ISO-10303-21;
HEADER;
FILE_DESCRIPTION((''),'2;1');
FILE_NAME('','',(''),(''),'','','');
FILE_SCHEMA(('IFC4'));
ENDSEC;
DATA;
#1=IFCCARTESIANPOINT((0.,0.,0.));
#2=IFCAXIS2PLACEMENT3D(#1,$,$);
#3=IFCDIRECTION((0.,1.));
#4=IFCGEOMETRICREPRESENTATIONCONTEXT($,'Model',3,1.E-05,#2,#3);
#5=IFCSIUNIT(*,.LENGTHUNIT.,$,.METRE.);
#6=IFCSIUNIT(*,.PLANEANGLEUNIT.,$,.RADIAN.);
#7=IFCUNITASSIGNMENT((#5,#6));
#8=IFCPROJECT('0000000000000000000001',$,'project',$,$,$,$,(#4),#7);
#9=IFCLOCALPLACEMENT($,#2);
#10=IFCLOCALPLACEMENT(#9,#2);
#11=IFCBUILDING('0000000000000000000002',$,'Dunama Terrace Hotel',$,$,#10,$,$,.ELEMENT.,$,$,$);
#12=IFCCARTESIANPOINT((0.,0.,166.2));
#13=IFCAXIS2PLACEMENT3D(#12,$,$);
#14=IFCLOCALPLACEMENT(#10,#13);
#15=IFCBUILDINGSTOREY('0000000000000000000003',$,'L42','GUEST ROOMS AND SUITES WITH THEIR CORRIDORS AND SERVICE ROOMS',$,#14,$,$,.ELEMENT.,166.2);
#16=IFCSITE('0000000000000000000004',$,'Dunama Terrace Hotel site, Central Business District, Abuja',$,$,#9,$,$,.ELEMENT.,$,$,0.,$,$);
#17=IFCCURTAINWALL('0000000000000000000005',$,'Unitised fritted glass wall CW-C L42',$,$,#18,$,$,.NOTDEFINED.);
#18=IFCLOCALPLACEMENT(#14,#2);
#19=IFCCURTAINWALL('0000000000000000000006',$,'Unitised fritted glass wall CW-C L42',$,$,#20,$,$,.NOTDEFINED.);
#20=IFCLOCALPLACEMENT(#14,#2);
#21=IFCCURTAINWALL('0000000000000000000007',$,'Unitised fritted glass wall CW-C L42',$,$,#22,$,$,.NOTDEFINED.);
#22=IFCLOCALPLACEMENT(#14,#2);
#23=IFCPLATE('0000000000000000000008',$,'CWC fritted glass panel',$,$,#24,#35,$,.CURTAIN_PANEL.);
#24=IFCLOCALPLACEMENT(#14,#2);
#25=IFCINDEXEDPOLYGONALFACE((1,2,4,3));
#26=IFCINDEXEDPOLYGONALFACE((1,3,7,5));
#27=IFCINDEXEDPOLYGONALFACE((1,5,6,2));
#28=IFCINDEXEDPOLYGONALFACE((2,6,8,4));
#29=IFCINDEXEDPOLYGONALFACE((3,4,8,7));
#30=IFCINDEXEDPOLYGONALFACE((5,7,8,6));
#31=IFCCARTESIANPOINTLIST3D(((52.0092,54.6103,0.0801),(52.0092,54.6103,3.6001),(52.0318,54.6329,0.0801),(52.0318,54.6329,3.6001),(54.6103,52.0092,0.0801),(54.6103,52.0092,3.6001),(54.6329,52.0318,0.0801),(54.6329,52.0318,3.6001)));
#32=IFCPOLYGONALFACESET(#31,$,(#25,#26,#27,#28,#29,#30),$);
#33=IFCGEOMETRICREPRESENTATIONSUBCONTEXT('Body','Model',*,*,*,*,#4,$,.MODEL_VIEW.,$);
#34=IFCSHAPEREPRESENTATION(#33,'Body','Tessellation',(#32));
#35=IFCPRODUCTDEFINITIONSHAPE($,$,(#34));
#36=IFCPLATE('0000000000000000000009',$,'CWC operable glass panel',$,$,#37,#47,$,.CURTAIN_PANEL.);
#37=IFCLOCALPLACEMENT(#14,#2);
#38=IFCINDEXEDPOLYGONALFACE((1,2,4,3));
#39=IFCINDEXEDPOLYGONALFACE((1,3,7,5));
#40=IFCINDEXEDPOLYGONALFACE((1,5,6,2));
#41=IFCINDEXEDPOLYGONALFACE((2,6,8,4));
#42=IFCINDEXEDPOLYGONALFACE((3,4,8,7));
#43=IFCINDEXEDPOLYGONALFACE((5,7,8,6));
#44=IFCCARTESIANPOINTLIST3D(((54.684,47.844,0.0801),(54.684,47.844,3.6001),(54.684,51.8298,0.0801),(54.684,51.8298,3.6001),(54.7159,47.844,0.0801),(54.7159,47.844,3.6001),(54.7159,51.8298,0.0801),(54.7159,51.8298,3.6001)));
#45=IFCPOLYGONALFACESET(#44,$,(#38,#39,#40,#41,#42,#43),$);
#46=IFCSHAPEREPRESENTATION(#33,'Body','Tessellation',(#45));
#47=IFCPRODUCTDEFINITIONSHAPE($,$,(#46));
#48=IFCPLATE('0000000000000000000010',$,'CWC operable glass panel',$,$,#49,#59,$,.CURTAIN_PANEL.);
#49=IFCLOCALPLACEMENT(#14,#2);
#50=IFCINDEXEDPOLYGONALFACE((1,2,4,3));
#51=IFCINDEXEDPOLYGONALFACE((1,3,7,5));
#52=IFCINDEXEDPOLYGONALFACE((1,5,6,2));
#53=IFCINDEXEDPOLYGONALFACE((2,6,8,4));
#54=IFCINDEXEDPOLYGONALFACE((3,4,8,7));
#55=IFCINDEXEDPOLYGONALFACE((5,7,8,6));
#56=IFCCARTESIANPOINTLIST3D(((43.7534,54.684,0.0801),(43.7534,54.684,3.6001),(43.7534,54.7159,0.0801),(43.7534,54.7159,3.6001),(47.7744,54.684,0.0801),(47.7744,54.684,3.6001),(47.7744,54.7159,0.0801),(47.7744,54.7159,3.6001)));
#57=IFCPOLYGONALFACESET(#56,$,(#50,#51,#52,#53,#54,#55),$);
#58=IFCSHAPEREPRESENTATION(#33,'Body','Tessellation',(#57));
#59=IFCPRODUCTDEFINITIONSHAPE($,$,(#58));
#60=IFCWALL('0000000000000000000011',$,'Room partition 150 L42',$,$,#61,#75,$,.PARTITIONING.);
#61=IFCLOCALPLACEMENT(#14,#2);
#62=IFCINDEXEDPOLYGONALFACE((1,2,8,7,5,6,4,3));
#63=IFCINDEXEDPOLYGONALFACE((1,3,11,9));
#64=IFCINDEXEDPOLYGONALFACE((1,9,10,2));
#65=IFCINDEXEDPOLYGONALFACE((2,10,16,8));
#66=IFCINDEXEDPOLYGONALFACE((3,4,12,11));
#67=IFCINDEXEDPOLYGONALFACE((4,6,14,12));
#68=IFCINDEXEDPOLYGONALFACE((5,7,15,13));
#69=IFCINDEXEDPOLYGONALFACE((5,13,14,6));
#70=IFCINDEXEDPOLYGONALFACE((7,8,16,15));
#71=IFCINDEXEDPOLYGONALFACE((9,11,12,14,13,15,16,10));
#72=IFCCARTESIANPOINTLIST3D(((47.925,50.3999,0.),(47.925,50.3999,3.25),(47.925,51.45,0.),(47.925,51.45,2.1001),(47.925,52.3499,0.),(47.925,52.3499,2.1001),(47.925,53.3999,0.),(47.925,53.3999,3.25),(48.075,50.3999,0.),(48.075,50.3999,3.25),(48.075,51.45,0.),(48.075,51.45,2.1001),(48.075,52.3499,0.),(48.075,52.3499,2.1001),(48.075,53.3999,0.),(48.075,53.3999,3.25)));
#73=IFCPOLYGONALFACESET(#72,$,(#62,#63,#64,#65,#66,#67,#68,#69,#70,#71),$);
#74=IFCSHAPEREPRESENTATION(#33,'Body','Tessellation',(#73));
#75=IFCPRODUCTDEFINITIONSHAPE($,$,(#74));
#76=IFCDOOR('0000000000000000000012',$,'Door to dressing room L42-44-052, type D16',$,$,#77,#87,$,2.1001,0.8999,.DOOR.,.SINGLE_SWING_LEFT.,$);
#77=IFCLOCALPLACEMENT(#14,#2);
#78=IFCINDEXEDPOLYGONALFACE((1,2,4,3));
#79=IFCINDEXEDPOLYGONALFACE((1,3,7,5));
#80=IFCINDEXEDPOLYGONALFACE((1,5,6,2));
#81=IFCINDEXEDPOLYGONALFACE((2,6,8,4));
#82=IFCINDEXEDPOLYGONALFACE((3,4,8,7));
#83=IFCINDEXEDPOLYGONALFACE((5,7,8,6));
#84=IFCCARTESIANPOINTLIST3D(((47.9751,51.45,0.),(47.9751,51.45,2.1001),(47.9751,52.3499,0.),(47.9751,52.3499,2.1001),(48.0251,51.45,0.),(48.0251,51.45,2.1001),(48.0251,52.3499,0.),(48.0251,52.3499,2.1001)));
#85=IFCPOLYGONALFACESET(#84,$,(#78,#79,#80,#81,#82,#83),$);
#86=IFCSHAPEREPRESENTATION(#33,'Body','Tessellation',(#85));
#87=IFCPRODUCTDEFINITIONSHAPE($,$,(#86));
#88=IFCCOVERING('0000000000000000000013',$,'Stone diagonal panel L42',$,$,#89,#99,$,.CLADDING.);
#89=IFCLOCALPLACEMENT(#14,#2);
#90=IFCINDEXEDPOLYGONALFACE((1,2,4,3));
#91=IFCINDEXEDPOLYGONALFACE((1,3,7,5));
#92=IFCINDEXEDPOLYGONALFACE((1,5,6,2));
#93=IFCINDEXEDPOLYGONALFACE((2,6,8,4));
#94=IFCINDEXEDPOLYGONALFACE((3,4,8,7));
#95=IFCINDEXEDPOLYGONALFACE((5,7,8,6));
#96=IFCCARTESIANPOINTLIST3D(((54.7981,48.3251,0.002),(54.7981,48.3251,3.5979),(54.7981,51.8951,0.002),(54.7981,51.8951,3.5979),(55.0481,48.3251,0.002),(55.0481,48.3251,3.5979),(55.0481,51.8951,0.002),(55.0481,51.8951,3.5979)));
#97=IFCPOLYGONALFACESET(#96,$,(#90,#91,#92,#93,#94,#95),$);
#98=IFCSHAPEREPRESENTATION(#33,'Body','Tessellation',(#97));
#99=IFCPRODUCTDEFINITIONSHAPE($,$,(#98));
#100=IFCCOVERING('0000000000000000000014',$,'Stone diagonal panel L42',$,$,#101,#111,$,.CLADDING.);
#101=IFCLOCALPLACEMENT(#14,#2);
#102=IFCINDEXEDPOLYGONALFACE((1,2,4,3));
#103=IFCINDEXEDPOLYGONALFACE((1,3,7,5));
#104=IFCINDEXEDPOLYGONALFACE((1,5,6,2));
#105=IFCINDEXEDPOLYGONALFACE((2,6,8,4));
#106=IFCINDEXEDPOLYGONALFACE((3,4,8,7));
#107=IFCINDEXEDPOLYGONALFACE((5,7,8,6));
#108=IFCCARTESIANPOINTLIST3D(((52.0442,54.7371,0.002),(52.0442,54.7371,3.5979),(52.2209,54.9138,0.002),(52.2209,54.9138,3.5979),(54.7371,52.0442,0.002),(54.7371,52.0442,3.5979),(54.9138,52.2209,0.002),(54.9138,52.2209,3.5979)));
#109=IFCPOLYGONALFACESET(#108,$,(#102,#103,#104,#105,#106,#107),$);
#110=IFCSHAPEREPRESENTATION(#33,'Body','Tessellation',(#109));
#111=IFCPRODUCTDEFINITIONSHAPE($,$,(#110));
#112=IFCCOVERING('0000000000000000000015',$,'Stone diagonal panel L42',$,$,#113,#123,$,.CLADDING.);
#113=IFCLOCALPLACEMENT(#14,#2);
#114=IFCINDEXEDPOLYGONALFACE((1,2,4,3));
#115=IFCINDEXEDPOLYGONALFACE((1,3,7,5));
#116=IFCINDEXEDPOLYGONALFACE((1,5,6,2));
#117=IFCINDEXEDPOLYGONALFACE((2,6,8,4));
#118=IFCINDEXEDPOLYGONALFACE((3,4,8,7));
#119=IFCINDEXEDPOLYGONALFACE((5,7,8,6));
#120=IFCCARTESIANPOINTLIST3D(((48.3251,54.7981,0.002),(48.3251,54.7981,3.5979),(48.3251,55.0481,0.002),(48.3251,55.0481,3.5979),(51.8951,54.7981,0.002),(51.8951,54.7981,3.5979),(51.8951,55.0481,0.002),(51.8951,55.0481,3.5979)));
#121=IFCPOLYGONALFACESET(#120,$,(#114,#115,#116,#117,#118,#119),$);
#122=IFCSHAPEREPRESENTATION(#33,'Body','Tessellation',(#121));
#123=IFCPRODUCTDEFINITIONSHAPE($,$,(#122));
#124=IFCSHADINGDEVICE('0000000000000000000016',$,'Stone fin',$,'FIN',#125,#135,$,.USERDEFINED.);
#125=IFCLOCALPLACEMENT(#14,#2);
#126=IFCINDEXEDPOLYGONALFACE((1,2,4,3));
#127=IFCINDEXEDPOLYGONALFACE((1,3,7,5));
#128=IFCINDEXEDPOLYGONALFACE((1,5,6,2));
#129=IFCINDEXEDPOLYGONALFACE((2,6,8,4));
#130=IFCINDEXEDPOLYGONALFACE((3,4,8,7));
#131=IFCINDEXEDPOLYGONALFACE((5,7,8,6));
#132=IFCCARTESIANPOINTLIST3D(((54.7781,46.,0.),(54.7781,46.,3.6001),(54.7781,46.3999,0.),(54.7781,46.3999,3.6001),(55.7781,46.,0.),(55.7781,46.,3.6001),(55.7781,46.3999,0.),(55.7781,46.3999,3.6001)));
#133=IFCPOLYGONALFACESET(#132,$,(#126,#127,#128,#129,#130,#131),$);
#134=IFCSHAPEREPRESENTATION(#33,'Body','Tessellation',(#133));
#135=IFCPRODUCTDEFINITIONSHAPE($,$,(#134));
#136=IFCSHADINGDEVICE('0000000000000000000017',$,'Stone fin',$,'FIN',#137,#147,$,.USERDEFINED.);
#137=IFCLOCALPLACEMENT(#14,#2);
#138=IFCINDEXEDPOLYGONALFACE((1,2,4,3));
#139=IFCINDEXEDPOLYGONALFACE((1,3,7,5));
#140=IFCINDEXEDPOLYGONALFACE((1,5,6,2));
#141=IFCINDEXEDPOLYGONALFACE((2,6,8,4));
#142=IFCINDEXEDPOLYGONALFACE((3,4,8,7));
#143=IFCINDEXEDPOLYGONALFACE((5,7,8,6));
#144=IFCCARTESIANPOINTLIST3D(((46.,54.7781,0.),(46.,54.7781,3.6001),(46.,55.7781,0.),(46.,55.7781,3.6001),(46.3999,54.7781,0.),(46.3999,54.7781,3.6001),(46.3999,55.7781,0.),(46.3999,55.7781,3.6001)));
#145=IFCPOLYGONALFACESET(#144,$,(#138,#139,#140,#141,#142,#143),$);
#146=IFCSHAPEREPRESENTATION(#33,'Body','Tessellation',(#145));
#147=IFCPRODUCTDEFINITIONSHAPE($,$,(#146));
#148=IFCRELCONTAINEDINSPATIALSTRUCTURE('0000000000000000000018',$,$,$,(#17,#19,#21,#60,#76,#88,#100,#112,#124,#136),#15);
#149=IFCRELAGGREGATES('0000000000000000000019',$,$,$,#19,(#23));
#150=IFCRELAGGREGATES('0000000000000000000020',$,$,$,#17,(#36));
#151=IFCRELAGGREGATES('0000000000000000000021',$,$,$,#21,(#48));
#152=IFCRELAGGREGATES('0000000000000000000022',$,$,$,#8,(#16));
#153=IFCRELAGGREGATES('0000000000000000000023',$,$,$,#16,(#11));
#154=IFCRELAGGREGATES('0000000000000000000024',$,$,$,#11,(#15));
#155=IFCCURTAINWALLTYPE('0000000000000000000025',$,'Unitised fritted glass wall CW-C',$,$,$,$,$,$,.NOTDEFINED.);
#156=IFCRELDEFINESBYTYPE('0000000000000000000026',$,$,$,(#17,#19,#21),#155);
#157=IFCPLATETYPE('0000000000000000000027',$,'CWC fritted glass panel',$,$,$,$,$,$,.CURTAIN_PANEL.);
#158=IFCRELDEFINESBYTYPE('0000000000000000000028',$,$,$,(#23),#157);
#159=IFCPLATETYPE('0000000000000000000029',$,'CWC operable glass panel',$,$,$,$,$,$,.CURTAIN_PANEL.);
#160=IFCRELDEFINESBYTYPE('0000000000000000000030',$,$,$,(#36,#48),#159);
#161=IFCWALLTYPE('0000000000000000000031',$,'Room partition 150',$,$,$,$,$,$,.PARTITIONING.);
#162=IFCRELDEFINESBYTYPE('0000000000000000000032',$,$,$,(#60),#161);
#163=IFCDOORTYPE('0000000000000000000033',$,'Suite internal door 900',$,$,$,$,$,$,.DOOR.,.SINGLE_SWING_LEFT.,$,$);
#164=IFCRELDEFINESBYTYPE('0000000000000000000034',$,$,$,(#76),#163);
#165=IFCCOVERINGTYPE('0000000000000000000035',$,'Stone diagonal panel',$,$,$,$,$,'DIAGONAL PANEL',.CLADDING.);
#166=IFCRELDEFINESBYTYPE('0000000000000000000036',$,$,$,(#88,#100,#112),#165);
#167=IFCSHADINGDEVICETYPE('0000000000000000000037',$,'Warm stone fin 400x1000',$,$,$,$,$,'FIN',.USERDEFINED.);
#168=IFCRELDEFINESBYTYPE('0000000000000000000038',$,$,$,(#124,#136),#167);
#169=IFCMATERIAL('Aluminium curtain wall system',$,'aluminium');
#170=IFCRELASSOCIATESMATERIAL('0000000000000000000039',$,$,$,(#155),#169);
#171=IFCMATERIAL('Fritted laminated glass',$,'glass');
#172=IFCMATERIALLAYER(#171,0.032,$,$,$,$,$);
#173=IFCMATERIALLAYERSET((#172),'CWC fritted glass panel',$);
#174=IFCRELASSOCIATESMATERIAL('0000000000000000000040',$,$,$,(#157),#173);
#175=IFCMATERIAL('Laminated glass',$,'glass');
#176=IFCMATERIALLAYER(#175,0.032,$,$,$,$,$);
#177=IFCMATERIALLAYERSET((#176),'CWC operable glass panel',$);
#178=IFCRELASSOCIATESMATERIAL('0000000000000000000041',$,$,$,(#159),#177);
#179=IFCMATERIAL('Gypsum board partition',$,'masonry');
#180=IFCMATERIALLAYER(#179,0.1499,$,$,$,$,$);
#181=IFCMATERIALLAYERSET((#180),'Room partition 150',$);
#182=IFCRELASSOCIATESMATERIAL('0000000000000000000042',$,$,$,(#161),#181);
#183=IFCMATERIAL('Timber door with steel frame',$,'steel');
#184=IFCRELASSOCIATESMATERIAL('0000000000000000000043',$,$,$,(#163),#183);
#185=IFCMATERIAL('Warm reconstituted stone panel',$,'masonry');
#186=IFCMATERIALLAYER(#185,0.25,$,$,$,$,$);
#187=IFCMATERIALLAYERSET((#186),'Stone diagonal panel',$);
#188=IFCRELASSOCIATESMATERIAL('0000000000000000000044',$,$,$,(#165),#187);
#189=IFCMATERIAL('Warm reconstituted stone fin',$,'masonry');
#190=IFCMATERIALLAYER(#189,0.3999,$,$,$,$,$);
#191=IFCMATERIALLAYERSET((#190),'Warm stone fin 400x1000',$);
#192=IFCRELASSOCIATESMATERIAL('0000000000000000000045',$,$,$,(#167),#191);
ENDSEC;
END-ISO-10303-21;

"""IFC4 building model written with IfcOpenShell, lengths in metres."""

from ifc_helpers import new_model, si_unit, direction, frame, frame_2d, origin, origin_2d, place, context, subcontext, project, spatial, rectangle, extrude, material, layer, layer_set, type_object, element, fill, aggregate, save


model = new_model("IFC4")

# Units and contexts
model_context = context("Model", 3, precision=1e-05, world=origin(), true_north=direction((0.0, 1.0)))
body_context = subcontext(model_context, "Body", "Model", "MODEL_VIEW")
ifc_project = project(units=[si_unit("LENGTHUNIT", "METRE"), si_unit("PLANEANGLEUNIT", "RADIAN")], contexts=[model_context])

# Site, building, storey
site_placement = place(None, origin())
site = spatial("IfcSite", under=ifc_project, at=site_placement, Name="Dunama Terrace Hotel site, Central Business District, Abuja", CompositionType="ELEMENT", RefElevation=0.0)
building_placement = place(site_placement, origin())
building = spatial("IfcBuilding", under=site, at=building_placement, Name="Dunama Terrace Hotel", CompositionType="ELEMENT")
storey_placement = place(building_placement, frame((0.0, 0.0, 166.2)))
storey = spatial("IfcBuildingStorey", under=building, at=storey_placement, Name="L42", Description="GUEST ROOMS AND SUITES WITH THEIR CORRIDORS AND SERVICE ROOMS", CompositionType="ELEMENT", Elevation=166.2)

# Curtain walls
ifc_material_1 = material(Name="Aluminium curtain wall system", Category="aluminium")
curtain_wall_type = type_object("IfcCurtainWallType", Name="Unitised fritted glass wall CW-C", PredefinedType="NOTDEFINED", material=ifc_material_1)
curtain_wall_1_placement = place(storey_placement, origin())
curtain_wall_1 = element("IfcCurtainWall", 1, at=curtain_wall_1_placement, inside=storey, type_object=curtain_wall_type, Name="Unitised fritted glass wall CW-C L42", PredefinedType="NOTDEFINED")
curtain_wall_2_placement = place(storey_placement, origin())
curtain_wall_2 = element("IfcCurtainWall", 2, at=curtain_wall_2_placement, inside=storey, type_object=curtain_wall_type, Name="Unitised fritted glass wall CW-C L42", PredefinedType="NOTDEFINED")
curtain_wall_3_placement = place(storey_placement, origin())
curtain_wall_3 = element("IfcCurtainWall", 3, at=curtain_wall_3_placement, inside=storey, type_object=curtain_wall_type, Name="Unitised fritted glass wall CW-C L42", PredefinedType="NOTDEFINED")

# Plates
ifc_material_2 = material(Name="Fritted laminated glass", Category="glass")
ifc_layer_1 = layer(ifc_material_2, 0.032)
ifc_layer_set_1 = layer_set([ifc_layer_1], Name="CWC fritted glass panel")
plate_type_1 = type_object("IfcPlateType", Name="CWC fritted glass panel", PredefinedType="CURTAIN_PANEL", material=ifc_layer_set_1)
plate_1_placement = place(storey_placement, frame((53.321, 53.321, 0.0801), z_axis=(0.0, 0.0, 1.0), x_axis=(-0.707107, 0.707107, 0.0)))
plate_1 = element("IfcPlate", 4, at=plate_1_placement, type_object=plate_type_1, Name="CWC fritted glass panel", PredefinedType="CURTAIN_PANEL", context=body_context, shape_type="SweptSolid", body=[
    extrude(rectangle(XDim=3.6785, YDim=0.032, at=origin_2d()), origin(), (0.0, 0.0, 1.0), 3.52),
])
aggregate(curtain_wall_2, [plate_1])
ifc_material_3 = material(Name="Laminated glass", Category="glass")
ifc_layer_2 = layer(ifc_material_3, 0.032)
ifc_layer_set_2 = layer_set([ifc_layer_2], Name="CWC operable glass panel")
plate_type_2 = type_object("IfcPlateType", Name="CWC operable glass panel", PredefinedType="CURTAIN_PANEL", material=ifc_layer_set_2)
plate_2_placement = place(storey_placement, frame((54.7, 49.8369, 0.0801), z_axis=(0.0, 0.0, 1.0), x_axis=(0.0, 1.0, 0.0)))
plate_2 = element("IfcPlate", 5, at=plate_2_placement, type_object=plate_type_2, Name="CWC operable glass panel", PredefinedType="CURTAIN_PANEL", context=body_context, shape_type="SweptSolid", body=[
    extrude(rectangle(XDim=3.9858, YDim=0.032, at=origin_2d()), origin(), (0.0, 0.0, 1.0), 3.52),
])
aggregate(curtain_wall_1, [plate_2])
plate_3_placement = place(storey_placement, frame((45.7639, 54.7, 0.0801), z_axis=(0.0, 0.0, 1.0), x_axis=(-1.0, 0.0, 0.0)))
plate_3 = element("IfcPlate", 6, at=plate_3_placement, type_object=plate_type_2, Name="CWC operable glass panel", PredefinedType="CURTAIN_PANEL", context=body_context, shape_type="SweptSolid", body=[
    extrude(rectangle(XDim=4.021, YDim=0.032, at=origin_2d()), origin(), (0.0, 0.0, 1.0), 3.52),
])
aggregate(curtain_wall_3, [plate_3])

# Wall, opening, door
ifc_material_4 = material(Name="Gypsum board partition", Category="masonry")
ifc_layer_3 = layer(ifc_material_4, 0.1499)
ifc_layer_set_3 = layer_set([ifc_layer_3], Name="Room partition 150")
wall_type = type_object("IfcWallType", Name="Room partition 150", PredefinedType="PARTITIONING", material=ifc_layer_set_3)
wall_placement = place(storey_placement, frame((48.0, 50.3999, 0.0), z_axis=(0.0, 0.0, 1.0), x_axis=(0.0, 1.0, 0.0)))
wall = element("IfcWall", 7, at=wall_placement, inside=storey, type_object=wall_type, Name="Room partition 150 L42", PredefinedType="PARTITIONING", context=body_context, shape_type="SweptSolid", body=[
    extrude(rectangle(XDim=3.0, YDim=0.1499, at=frame_2d((1.5, 0.0))), origin(), (0.0, 0.0, 1.0), 3.25),
])
opening_placement = place(wall_placement, frame((1.05, 0.0, 0.0)))
opening = element("IfcOpeningElement", 8, at=opening_placement, cuts=wall, PredefinedType="OPENING", context=body_context, shape_type="SweptSolid", body=[
    extrude(rectangle(XDim=0.8999, YDim=2.1001, at=frame_2d((0.45, 1.05))), frame((0.0, 0.085, 0.0), z_axis=(0.0, -1.0, 0.0), x_axis=(1.0, 0.0, 0.0)), (0.0, 0.0, 1.0), 0.1699),
])
ifc_material_5 = material(Name="Timber door with steel frame", Category="steel")
door_type = type_object("IfcDoorType", Name="Suite internal door 900", OperationType="SINGLE_SWING_LEFT", PredefinedType="DOOR", material=ifc_material_5)
door_placement = place(opening_placement, origin())
door = element("IfcDoor", 9, at=door_placement, inside=storey, type_object=door_type, Name="Door to dressing room L42-44-052, type D16", OperationType="SINGLE_SWING_LEFT", OverallHeight=2.1001, OverallWidth=0.8999, PredefinedType="DOOR", context=body_context, shape_type="SweptSolid", body=[
    extrude(rectangle(XDim=0.8999, YDim=2.1001, at=frame_2d((0.45, 1.05))), frame((0.0, 0.0249, 0.0), z_axis=(0.0, -1.0, 0.0), x_axis=(1.0, 0.0, 0.0)), (0.0, 0.0, 1.0), 0.05),
])
fill(opening, door)

# Coverings
ifc_material_6 = material(Name="Warm reconstituted stone panel", Category="masonry")
ifc_layer_4 = layer(ifc_material_6, 0.25)
ifc_layer_set_4 = layer_set([ifc_layer_4], Name="Stone diagonal panel")
covering_type = type_object("IfcCoveringType", Name="Stone diagonal panel", ElementType="DIAGONAL PANEL", PredefinedType="CLADDING", material=ifc_layer_set_4)
covering_1_placement = place(storey_placement, frame((54.9231, 50.1101, 0.002), z_axis=(0.0, 0.0, 1.0), x_axis=(0.0, 1.0, 0.0)))
element("IfcCovering", 10, at=covering_1_placement, inside=storey, type_object=covering_type, Name="Stone diagonal panel L42", PredefinedType="CLADDING", context=body_context, shape_type="SweptSolid", body=[
    extrude(rectangle(XDim=3.5701, YDim=0.25, at=origin_2d()), origin(), (0.0, 0.0, 1.0), 3.5959),
])
covering_2_placement = place(storey_placement, frame((53.479, 53.479, 0.002), z_axis=(0.0, 0.0, 1.0), x_axis=(-0.707107, 0.707107, 0.0)))
element("IfcCovering", 11, at=covering_2_placement, inside=storey, type_object=covering_type, Name="Stone diagonal panel L42", PredefinedType="CLADDING", context=body_context, shape_type="SweptSolid", body=[
    extrude(rectangle(XDim=3.8083, YDim=0.25, at=origin_2d()), origin(), (0.0, 0.0, 1.0), 3.5959),
])
covering_3_placement = place(storey_placement, frame((50.1101, 54.9231, 0.002), z_axis=(0.0, 0.0, 1.0), x_axis=(-1.0, 0.0, 0.0)))
element("IfcCovering", 12, at=covering_3_placement, inside=storey, type_object=covering_type, Name="Stone diagonal panel L42", PredefinedType="CLADDING", context=body_context, shape_type="SweptSolid", body=[
    extrude(rectangle(XDim=3.5701, YDim=0.25, at=origin_2d()), origin(), (0.0, 0.0, 1.0), 3.5959),
])

# Shading devices
ifc_material_7 = material(Name="Warm reconstituted stone fin", Category="masonry")
ifc_layer_5 = layer(ifc_material_7, 0.3999)
ifc_layer_set_5 = layer_set([ifc_layer_5], Name="Warm stone fin 400x1000")
shading_device_type = type_object("IfcShadingDeviceType", Name="Warm stone fin 400x1000", ElementType="FIN", PredefinedType="USERDEFINED", material=ifc_layer_set_5)
for number, where, z_axis, x_axis, name in (
    (13, (55.2781, 46.2, 0.0), (0.0, 0.0, 1.0), (0.0, 1.0, 0.0), "Stone fin"),
    (14, (46.2, 55.2781, 0.0), (0.0, 0.0, 1.0), (-1.0, 0.0, 0.0), "Stone fin"),
):
    element("IfcShadingDevice", number, at=place(storey_placement, frame(where, z_axis=z_axis, x_axis=x_axis)), inside=storey, type_object=shading_device_type, Name=name, ObjectType="FIN", PredefinedType="USERDEFINED", context=body_context, shape_type="SweptSolid", body=[
        extrude(rectangle(XDim=0.3999, YDim=1.0, at=origin_2d()), origin(), (0.0, 0.0, 1.0), 3.6001),
    ])

save(model, "model.ifc")
